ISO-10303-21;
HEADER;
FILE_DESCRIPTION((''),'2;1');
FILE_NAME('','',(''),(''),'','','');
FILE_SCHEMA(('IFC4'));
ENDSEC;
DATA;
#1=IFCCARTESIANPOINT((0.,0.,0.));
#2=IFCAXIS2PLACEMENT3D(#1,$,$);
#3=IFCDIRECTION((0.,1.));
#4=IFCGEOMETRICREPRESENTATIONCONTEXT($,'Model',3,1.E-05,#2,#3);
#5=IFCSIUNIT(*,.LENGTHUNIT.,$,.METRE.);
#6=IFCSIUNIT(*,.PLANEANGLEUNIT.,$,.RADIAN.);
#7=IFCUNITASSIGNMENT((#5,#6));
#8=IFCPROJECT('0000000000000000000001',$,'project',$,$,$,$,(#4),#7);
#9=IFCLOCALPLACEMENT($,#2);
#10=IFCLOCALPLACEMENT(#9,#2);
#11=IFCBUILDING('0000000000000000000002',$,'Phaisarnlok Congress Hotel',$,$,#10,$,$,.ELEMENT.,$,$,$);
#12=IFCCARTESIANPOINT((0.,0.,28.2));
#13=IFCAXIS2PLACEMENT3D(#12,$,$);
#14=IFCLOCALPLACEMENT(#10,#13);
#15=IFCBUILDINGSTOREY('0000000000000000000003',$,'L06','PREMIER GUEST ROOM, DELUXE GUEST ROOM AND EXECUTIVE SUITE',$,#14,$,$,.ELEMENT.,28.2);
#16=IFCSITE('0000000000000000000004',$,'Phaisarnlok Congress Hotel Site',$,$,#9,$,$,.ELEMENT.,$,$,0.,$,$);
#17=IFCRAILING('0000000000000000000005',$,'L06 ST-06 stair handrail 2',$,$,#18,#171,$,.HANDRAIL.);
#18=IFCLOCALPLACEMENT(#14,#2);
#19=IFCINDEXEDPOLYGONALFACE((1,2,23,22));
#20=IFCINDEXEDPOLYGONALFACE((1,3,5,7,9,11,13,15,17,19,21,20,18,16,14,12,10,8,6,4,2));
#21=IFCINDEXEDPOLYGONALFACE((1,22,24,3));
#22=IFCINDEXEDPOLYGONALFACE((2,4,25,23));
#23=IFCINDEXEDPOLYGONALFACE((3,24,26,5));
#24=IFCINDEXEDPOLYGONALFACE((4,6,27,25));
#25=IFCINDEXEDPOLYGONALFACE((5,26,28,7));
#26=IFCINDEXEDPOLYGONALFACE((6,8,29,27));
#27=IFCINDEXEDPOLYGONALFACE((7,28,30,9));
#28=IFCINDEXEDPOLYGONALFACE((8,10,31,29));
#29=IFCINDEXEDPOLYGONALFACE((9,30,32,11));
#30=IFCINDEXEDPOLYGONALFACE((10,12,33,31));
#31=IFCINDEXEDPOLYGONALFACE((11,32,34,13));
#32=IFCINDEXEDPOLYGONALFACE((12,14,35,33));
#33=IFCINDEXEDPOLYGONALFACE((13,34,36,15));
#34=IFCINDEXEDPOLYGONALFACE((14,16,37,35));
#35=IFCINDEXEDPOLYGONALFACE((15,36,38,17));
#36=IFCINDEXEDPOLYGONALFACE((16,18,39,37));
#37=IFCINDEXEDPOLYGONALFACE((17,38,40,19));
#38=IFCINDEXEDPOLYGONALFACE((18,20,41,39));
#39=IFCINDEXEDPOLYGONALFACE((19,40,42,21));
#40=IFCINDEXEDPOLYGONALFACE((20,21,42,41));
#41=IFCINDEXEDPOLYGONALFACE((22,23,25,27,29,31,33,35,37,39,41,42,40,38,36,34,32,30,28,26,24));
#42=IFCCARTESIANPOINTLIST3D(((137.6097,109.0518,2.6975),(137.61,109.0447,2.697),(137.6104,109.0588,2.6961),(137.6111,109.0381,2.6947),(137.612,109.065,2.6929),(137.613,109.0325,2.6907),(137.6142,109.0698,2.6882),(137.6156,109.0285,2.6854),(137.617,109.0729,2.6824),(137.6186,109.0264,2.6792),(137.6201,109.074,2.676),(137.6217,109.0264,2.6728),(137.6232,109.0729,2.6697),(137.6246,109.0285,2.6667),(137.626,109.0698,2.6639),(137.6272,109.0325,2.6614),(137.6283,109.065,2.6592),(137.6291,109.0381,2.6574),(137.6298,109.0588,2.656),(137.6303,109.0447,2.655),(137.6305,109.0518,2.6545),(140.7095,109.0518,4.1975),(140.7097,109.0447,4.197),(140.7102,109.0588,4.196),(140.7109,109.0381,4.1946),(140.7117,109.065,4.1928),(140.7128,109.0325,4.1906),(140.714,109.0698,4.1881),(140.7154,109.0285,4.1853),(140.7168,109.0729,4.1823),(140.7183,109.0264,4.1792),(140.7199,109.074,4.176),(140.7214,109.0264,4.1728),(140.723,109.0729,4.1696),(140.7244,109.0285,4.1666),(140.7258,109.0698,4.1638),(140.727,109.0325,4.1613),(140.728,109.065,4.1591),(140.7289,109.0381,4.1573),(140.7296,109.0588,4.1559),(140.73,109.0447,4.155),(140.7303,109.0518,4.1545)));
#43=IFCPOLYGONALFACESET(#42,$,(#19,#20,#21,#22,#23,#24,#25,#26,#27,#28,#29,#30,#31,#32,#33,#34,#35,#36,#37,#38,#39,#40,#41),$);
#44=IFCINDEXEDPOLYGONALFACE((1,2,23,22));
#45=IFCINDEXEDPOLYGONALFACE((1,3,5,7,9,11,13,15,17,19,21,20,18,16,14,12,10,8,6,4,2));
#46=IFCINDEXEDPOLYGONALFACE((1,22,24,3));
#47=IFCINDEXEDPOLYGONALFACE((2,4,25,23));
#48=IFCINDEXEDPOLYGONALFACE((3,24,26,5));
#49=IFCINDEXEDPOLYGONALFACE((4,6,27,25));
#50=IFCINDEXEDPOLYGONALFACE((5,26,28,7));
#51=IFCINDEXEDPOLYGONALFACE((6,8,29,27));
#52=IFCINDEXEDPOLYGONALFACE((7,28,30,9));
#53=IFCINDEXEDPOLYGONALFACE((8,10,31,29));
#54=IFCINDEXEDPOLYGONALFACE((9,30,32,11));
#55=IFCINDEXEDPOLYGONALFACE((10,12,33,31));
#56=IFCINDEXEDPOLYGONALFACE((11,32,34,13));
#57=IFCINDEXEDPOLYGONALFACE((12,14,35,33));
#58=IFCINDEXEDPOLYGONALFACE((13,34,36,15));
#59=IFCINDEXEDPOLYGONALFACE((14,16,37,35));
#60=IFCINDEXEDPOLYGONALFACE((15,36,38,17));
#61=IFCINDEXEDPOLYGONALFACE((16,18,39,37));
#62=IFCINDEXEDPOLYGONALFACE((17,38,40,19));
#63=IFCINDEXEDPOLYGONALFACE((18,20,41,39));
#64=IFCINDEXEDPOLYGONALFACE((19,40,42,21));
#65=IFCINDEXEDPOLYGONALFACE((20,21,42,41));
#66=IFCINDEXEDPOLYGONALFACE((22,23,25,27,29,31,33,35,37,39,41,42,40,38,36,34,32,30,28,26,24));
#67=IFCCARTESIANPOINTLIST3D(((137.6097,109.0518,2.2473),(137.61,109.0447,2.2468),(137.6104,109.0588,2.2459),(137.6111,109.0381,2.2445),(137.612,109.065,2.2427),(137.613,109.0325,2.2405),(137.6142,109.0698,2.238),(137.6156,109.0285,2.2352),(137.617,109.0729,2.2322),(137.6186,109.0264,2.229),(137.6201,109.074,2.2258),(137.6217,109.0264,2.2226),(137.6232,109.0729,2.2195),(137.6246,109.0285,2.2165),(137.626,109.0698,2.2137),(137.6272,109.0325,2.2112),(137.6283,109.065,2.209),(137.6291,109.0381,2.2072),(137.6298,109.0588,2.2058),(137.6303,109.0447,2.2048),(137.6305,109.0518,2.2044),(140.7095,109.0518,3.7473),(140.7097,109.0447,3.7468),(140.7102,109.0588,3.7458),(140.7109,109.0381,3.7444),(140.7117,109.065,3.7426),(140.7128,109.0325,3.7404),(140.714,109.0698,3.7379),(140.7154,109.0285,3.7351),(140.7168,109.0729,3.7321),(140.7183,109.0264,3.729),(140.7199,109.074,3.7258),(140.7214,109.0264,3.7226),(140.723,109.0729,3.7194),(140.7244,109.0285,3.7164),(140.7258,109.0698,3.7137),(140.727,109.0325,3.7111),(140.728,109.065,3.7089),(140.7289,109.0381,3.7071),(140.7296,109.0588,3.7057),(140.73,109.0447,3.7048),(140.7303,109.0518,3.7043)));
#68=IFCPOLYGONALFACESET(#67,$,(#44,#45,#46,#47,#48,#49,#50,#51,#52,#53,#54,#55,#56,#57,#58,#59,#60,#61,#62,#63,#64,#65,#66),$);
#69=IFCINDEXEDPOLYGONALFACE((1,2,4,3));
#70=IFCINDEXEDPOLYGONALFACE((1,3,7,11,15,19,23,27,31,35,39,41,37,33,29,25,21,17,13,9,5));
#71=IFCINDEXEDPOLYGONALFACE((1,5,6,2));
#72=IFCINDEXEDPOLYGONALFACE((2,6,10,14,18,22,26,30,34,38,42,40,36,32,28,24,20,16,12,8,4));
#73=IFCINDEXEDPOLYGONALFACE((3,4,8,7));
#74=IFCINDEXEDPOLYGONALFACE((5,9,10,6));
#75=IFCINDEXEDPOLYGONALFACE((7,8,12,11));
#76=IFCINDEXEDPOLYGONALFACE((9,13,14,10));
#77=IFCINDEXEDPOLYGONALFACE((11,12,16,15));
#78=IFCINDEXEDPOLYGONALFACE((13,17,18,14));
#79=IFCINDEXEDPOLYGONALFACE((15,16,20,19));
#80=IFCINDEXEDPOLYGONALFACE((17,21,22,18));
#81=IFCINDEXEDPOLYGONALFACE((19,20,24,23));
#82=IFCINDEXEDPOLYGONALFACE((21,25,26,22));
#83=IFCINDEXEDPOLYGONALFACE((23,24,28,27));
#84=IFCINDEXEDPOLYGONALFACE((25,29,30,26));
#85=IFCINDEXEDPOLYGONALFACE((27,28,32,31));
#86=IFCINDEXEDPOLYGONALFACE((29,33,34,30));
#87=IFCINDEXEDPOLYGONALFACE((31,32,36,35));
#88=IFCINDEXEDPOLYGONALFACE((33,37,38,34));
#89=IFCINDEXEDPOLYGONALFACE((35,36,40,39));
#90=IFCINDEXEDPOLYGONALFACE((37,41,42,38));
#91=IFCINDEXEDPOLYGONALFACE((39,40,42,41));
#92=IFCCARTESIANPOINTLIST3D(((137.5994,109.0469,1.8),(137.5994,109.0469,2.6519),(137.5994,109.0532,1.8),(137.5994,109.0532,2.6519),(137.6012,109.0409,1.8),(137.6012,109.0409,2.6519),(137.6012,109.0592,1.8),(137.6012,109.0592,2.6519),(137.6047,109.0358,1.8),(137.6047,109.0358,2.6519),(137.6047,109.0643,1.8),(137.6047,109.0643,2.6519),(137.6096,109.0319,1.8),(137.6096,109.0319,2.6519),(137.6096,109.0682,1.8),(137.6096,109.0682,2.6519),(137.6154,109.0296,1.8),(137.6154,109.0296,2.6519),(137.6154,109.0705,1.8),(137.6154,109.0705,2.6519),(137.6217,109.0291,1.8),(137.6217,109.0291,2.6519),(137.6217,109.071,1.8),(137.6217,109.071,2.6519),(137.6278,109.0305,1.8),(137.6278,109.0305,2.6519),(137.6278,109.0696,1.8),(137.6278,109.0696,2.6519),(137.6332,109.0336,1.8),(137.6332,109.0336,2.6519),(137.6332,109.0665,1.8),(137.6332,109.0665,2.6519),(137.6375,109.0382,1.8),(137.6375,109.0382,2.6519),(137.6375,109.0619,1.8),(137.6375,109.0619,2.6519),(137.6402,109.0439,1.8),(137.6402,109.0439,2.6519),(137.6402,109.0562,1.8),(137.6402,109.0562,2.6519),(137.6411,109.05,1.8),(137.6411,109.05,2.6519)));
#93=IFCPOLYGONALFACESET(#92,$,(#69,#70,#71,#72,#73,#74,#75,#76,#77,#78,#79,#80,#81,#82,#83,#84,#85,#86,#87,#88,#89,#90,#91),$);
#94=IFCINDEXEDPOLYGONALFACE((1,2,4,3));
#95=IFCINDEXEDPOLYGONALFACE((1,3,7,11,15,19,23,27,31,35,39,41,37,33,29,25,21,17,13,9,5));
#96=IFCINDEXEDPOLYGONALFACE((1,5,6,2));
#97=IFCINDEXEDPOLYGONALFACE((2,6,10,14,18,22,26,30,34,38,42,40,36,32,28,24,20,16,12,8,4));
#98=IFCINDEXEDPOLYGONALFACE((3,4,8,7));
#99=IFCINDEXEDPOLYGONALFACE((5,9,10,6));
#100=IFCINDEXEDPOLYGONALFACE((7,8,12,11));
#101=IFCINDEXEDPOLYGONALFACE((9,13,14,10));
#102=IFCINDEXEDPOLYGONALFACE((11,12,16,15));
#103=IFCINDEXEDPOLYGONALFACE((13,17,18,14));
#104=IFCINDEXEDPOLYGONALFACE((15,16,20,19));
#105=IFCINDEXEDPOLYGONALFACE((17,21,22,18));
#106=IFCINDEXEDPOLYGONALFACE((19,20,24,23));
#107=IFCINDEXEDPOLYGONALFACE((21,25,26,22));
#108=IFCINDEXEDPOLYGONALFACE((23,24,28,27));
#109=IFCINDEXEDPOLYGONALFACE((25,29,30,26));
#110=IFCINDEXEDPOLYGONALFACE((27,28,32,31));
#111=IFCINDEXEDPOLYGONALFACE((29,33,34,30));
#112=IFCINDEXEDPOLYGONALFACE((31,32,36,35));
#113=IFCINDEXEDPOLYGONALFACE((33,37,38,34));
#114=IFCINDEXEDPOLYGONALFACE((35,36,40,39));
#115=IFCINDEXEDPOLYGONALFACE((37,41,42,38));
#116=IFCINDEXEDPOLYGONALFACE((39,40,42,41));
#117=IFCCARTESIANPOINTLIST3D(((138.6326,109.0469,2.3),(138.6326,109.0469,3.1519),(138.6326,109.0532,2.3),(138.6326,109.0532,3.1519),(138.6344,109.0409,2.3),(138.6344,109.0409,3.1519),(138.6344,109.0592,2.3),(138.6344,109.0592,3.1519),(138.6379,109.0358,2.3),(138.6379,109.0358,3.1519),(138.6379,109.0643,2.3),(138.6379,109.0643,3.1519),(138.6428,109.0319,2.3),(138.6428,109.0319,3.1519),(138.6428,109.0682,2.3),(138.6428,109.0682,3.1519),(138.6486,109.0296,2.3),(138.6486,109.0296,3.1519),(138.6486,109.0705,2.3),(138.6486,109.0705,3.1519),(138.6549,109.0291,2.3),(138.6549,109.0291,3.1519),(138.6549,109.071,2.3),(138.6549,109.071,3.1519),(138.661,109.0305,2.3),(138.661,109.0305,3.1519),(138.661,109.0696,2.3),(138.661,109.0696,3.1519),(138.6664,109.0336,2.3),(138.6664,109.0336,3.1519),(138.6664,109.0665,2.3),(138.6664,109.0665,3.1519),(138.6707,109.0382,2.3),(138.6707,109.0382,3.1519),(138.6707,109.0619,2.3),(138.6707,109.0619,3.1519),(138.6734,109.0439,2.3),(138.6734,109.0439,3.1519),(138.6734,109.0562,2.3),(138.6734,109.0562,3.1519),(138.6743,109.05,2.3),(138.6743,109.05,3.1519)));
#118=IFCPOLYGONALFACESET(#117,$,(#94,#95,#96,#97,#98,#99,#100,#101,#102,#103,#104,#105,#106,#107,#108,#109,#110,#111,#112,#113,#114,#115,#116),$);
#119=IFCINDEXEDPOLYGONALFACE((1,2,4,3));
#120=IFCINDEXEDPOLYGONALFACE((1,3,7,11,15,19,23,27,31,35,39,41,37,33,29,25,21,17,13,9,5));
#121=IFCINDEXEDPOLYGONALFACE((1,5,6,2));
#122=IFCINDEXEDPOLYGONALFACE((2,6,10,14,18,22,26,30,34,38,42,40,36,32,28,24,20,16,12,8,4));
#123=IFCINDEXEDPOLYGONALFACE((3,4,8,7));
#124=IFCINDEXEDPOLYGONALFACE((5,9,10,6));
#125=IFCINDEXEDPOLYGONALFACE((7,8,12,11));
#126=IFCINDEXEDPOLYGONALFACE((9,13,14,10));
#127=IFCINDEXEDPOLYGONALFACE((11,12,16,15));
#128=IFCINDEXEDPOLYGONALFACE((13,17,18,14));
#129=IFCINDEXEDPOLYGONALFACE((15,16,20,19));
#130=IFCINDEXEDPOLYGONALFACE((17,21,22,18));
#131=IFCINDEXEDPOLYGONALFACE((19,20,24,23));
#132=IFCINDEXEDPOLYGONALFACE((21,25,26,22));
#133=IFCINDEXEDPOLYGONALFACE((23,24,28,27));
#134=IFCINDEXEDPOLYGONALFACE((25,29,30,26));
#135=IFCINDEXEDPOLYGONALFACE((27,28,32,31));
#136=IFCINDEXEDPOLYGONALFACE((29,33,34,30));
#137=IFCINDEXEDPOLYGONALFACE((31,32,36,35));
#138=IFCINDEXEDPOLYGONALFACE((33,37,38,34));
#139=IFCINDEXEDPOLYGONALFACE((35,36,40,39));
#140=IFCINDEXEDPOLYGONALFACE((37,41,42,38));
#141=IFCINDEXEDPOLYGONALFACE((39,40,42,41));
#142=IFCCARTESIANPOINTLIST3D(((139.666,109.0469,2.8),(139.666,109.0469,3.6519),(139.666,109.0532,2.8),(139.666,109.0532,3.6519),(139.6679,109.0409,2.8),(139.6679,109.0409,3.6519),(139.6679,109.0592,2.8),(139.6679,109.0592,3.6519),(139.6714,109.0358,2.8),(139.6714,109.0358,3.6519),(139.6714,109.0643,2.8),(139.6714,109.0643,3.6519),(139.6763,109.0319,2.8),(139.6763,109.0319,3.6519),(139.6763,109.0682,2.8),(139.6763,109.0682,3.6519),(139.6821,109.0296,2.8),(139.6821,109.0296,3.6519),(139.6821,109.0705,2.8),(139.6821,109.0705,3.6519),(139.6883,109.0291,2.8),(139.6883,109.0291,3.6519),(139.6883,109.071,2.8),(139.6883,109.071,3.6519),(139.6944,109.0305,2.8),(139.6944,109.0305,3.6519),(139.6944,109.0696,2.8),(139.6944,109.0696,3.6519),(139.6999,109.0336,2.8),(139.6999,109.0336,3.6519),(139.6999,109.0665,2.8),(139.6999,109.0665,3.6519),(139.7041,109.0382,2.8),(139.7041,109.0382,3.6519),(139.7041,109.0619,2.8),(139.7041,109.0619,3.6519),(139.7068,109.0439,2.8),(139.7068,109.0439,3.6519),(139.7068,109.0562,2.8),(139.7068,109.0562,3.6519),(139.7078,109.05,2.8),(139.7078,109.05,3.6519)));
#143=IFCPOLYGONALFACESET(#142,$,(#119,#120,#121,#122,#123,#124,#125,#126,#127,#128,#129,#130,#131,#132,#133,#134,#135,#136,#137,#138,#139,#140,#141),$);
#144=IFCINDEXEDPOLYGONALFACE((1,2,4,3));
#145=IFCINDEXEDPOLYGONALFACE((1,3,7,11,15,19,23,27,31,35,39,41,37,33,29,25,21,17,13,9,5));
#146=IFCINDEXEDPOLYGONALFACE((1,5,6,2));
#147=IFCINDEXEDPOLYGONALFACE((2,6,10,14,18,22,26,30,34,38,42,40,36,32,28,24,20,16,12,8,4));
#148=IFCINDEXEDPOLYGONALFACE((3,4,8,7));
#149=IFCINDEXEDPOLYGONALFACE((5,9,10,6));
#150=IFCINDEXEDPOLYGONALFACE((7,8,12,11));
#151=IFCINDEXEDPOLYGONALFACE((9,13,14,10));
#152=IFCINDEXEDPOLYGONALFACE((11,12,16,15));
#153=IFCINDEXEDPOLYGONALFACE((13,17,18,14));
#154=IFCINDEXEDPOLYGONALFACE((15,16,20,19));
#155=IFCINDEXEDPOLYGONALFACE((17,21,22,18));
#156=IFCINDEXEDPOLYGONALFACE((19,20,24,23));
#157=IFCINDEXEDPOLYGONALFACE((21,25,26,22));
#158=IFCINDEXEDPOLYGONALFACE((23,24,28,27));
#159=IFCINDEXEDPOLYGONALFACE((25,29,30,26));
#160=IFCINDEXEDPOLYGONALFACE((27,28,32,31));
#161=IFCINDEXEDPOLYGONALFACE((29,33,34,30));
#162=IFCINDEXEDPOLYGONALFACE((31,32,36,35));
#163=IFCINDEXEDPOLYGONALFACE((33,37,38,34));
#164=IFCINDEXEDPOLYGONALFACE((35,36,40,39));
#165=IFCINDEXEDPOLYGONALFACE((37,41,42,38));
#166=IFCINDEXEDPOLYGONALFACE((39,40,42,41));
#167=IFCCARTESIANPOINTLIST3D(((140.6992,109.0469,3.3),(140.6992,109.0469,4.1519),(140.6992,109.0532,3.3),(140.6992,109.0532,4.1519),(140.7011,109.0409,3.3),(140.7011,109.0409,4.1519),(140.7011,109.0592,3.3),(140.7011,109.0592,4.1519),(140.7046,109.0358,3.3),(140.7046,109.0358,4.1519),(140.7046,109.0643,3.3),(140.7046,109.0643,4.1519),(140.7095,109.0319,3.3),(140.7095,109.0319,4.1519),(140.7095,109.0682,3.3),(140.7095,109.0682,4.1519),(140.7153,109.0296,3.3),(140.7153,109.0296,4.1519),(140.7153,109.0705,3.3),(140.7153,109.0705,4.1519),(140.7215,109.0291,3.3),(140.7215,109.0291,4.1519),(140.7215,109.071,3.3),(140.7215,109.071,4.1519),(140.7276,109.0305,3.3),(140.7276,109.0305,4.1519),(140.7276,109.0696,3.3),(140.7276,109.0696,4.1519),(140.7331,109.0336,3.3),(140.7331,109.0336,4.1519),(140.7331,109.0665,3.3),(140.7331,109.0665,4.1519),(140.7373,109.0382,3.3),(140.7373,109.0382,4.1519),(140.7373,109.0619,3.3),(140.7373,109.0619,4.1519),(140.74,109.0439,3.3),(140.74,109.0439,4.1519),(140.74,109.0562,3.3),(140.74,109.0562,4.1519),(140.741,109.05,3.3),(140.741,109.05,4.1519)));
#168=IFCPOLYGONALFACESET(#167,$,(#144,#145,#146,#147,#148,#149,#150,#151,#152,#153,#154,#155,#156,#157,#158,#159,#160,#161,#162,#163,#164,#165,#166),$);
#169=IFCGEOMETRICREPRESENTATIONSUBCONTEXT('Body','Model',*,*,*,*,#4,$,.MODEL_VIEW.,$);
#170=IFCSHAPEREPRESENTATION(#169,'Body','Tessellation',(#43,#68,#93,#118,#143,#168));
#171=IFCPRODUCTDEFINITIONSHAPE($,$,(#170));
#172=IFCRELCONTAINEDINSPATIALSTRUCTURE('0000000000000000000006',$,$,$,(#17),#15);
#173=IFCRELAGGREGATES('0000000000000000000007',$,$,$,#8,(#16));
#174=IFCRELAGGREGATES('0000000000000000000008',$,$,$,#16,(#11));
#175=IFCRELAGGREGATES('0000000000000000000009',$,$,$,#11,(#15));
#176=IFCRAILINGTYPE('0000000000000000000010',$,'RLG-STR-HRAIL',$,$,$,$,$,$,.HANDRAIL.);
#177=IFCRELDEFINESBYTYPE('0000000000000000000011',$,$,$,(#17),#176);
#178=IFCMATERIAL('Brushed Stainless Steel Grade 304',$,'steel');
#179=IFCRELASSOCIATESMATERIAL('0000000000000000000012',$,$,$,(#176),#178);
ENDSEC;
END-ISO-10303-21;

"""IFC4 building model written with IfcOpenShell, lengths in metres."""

from ifc_helpers import new_model, si_unit, direction, frame, origin, origin_2d, place, context, subcontext, project, spatial, circle, extrude, material, type_object, element, save


model = new_model("IFC4")

# Units and contexts
model_context = context("Model", 3, precision=1e-05, world=origin(), true_north=direction((0.0, 1.0)))
body_context = subcontext(model_context, "Body", "Model", "MODEL_VIEW")
ifc_project = project(units=[si_unit("LENGTHUNIT", "METRE"), si_unit("PLANEANGLEUNIT", "RADIAN")], contexts=[model_context])

# Site, building, storey
site_placement = place(None, origin())
site = spatial("IfcSite", under=ifc_project, at=site_placement, Name="Phaisarnlok Congress Hotel Site", CompositionType="ELEMENT", RefElevation=0.0)
building_placement = place(site_placement, origin())
building = spatial("IfcBuilding", under=site, at=building_placement, Name="Phaisarnlok Congress Hotel", CompositionType="ELEMENT")
storey_placement = place(building_placement, frame((0.0, 0.0, 28.2)))
storey = spatial("IfcBuildingStorey", under=building, at=storey_placement, Name="L06", Description="PREMIER GUEST ROOM, DELUXE GUEST ROOM AND EXECUTIVE SUITE", CompositionType="ELEMENT", Elevation=28.2)

# Railing
ifc_material_1 = material(Name="Brushed Stainless Steel Grade 304", Category="steel")
railing_type_1 = type_object("IfcRailingType", Name="RLG-STR-HRAIL", PredefinedType="HANDRAIL", material=ifc_material_1)
railing_1_placement = place(storey_placement, frame((137.6201, 109.05, 1.8)))
element("IfcRailing", 1, at=railing_1_placement, inside=storey, type_object=railing_type_1, Name="L06 ST-06 stair handrail 2", PredefinedType="HANDRAIL", context=body_context, shape_type="SweptSolid", body=[
    extrude(circle(Radius=0.0239, at=origin_2d()), frame((0.0, 0.0, 0.876), z_axis=(0.900151, 0.0, 0.435578), x_axis=(0.0, 1.0, 0.0)), (0.0, 0.0, 1.0), 3.4436),
    extrude(circle(Radius=0.0239, at=origin_2d()), frame((0.0, 0.0, 0.4258), z_axis=(0.900151, 0.0, 0.435578), x_axis=(0.0, 1.0, 0.0)), (0.0, 0.0, 1.0), 3.4436),
    extrude(circle(Radius=0.021, at=origin_2d()), origin(), (0.0, 0.0, 1.0), 0.8518),
    extrude(circle(Radius=0.021, at=origin_2d()), frame((1.0332, 0.0, 0.5)), (0.0, 0.0, 1.0), 0.8518),
    extrude(circle(Radius=0.021, at=origin_2d()), frame((2.0667, 0.0, 1.0)), (0.0, 0.0, 1.0), 0.8518),
    extrude(circle(Radius=0.021, at=origin_2d()), frame((3.0999, 0.0, 1.5)), (0.0, 0.0, 1.0), 0.8518),
])

save(model, "model.ifc")
